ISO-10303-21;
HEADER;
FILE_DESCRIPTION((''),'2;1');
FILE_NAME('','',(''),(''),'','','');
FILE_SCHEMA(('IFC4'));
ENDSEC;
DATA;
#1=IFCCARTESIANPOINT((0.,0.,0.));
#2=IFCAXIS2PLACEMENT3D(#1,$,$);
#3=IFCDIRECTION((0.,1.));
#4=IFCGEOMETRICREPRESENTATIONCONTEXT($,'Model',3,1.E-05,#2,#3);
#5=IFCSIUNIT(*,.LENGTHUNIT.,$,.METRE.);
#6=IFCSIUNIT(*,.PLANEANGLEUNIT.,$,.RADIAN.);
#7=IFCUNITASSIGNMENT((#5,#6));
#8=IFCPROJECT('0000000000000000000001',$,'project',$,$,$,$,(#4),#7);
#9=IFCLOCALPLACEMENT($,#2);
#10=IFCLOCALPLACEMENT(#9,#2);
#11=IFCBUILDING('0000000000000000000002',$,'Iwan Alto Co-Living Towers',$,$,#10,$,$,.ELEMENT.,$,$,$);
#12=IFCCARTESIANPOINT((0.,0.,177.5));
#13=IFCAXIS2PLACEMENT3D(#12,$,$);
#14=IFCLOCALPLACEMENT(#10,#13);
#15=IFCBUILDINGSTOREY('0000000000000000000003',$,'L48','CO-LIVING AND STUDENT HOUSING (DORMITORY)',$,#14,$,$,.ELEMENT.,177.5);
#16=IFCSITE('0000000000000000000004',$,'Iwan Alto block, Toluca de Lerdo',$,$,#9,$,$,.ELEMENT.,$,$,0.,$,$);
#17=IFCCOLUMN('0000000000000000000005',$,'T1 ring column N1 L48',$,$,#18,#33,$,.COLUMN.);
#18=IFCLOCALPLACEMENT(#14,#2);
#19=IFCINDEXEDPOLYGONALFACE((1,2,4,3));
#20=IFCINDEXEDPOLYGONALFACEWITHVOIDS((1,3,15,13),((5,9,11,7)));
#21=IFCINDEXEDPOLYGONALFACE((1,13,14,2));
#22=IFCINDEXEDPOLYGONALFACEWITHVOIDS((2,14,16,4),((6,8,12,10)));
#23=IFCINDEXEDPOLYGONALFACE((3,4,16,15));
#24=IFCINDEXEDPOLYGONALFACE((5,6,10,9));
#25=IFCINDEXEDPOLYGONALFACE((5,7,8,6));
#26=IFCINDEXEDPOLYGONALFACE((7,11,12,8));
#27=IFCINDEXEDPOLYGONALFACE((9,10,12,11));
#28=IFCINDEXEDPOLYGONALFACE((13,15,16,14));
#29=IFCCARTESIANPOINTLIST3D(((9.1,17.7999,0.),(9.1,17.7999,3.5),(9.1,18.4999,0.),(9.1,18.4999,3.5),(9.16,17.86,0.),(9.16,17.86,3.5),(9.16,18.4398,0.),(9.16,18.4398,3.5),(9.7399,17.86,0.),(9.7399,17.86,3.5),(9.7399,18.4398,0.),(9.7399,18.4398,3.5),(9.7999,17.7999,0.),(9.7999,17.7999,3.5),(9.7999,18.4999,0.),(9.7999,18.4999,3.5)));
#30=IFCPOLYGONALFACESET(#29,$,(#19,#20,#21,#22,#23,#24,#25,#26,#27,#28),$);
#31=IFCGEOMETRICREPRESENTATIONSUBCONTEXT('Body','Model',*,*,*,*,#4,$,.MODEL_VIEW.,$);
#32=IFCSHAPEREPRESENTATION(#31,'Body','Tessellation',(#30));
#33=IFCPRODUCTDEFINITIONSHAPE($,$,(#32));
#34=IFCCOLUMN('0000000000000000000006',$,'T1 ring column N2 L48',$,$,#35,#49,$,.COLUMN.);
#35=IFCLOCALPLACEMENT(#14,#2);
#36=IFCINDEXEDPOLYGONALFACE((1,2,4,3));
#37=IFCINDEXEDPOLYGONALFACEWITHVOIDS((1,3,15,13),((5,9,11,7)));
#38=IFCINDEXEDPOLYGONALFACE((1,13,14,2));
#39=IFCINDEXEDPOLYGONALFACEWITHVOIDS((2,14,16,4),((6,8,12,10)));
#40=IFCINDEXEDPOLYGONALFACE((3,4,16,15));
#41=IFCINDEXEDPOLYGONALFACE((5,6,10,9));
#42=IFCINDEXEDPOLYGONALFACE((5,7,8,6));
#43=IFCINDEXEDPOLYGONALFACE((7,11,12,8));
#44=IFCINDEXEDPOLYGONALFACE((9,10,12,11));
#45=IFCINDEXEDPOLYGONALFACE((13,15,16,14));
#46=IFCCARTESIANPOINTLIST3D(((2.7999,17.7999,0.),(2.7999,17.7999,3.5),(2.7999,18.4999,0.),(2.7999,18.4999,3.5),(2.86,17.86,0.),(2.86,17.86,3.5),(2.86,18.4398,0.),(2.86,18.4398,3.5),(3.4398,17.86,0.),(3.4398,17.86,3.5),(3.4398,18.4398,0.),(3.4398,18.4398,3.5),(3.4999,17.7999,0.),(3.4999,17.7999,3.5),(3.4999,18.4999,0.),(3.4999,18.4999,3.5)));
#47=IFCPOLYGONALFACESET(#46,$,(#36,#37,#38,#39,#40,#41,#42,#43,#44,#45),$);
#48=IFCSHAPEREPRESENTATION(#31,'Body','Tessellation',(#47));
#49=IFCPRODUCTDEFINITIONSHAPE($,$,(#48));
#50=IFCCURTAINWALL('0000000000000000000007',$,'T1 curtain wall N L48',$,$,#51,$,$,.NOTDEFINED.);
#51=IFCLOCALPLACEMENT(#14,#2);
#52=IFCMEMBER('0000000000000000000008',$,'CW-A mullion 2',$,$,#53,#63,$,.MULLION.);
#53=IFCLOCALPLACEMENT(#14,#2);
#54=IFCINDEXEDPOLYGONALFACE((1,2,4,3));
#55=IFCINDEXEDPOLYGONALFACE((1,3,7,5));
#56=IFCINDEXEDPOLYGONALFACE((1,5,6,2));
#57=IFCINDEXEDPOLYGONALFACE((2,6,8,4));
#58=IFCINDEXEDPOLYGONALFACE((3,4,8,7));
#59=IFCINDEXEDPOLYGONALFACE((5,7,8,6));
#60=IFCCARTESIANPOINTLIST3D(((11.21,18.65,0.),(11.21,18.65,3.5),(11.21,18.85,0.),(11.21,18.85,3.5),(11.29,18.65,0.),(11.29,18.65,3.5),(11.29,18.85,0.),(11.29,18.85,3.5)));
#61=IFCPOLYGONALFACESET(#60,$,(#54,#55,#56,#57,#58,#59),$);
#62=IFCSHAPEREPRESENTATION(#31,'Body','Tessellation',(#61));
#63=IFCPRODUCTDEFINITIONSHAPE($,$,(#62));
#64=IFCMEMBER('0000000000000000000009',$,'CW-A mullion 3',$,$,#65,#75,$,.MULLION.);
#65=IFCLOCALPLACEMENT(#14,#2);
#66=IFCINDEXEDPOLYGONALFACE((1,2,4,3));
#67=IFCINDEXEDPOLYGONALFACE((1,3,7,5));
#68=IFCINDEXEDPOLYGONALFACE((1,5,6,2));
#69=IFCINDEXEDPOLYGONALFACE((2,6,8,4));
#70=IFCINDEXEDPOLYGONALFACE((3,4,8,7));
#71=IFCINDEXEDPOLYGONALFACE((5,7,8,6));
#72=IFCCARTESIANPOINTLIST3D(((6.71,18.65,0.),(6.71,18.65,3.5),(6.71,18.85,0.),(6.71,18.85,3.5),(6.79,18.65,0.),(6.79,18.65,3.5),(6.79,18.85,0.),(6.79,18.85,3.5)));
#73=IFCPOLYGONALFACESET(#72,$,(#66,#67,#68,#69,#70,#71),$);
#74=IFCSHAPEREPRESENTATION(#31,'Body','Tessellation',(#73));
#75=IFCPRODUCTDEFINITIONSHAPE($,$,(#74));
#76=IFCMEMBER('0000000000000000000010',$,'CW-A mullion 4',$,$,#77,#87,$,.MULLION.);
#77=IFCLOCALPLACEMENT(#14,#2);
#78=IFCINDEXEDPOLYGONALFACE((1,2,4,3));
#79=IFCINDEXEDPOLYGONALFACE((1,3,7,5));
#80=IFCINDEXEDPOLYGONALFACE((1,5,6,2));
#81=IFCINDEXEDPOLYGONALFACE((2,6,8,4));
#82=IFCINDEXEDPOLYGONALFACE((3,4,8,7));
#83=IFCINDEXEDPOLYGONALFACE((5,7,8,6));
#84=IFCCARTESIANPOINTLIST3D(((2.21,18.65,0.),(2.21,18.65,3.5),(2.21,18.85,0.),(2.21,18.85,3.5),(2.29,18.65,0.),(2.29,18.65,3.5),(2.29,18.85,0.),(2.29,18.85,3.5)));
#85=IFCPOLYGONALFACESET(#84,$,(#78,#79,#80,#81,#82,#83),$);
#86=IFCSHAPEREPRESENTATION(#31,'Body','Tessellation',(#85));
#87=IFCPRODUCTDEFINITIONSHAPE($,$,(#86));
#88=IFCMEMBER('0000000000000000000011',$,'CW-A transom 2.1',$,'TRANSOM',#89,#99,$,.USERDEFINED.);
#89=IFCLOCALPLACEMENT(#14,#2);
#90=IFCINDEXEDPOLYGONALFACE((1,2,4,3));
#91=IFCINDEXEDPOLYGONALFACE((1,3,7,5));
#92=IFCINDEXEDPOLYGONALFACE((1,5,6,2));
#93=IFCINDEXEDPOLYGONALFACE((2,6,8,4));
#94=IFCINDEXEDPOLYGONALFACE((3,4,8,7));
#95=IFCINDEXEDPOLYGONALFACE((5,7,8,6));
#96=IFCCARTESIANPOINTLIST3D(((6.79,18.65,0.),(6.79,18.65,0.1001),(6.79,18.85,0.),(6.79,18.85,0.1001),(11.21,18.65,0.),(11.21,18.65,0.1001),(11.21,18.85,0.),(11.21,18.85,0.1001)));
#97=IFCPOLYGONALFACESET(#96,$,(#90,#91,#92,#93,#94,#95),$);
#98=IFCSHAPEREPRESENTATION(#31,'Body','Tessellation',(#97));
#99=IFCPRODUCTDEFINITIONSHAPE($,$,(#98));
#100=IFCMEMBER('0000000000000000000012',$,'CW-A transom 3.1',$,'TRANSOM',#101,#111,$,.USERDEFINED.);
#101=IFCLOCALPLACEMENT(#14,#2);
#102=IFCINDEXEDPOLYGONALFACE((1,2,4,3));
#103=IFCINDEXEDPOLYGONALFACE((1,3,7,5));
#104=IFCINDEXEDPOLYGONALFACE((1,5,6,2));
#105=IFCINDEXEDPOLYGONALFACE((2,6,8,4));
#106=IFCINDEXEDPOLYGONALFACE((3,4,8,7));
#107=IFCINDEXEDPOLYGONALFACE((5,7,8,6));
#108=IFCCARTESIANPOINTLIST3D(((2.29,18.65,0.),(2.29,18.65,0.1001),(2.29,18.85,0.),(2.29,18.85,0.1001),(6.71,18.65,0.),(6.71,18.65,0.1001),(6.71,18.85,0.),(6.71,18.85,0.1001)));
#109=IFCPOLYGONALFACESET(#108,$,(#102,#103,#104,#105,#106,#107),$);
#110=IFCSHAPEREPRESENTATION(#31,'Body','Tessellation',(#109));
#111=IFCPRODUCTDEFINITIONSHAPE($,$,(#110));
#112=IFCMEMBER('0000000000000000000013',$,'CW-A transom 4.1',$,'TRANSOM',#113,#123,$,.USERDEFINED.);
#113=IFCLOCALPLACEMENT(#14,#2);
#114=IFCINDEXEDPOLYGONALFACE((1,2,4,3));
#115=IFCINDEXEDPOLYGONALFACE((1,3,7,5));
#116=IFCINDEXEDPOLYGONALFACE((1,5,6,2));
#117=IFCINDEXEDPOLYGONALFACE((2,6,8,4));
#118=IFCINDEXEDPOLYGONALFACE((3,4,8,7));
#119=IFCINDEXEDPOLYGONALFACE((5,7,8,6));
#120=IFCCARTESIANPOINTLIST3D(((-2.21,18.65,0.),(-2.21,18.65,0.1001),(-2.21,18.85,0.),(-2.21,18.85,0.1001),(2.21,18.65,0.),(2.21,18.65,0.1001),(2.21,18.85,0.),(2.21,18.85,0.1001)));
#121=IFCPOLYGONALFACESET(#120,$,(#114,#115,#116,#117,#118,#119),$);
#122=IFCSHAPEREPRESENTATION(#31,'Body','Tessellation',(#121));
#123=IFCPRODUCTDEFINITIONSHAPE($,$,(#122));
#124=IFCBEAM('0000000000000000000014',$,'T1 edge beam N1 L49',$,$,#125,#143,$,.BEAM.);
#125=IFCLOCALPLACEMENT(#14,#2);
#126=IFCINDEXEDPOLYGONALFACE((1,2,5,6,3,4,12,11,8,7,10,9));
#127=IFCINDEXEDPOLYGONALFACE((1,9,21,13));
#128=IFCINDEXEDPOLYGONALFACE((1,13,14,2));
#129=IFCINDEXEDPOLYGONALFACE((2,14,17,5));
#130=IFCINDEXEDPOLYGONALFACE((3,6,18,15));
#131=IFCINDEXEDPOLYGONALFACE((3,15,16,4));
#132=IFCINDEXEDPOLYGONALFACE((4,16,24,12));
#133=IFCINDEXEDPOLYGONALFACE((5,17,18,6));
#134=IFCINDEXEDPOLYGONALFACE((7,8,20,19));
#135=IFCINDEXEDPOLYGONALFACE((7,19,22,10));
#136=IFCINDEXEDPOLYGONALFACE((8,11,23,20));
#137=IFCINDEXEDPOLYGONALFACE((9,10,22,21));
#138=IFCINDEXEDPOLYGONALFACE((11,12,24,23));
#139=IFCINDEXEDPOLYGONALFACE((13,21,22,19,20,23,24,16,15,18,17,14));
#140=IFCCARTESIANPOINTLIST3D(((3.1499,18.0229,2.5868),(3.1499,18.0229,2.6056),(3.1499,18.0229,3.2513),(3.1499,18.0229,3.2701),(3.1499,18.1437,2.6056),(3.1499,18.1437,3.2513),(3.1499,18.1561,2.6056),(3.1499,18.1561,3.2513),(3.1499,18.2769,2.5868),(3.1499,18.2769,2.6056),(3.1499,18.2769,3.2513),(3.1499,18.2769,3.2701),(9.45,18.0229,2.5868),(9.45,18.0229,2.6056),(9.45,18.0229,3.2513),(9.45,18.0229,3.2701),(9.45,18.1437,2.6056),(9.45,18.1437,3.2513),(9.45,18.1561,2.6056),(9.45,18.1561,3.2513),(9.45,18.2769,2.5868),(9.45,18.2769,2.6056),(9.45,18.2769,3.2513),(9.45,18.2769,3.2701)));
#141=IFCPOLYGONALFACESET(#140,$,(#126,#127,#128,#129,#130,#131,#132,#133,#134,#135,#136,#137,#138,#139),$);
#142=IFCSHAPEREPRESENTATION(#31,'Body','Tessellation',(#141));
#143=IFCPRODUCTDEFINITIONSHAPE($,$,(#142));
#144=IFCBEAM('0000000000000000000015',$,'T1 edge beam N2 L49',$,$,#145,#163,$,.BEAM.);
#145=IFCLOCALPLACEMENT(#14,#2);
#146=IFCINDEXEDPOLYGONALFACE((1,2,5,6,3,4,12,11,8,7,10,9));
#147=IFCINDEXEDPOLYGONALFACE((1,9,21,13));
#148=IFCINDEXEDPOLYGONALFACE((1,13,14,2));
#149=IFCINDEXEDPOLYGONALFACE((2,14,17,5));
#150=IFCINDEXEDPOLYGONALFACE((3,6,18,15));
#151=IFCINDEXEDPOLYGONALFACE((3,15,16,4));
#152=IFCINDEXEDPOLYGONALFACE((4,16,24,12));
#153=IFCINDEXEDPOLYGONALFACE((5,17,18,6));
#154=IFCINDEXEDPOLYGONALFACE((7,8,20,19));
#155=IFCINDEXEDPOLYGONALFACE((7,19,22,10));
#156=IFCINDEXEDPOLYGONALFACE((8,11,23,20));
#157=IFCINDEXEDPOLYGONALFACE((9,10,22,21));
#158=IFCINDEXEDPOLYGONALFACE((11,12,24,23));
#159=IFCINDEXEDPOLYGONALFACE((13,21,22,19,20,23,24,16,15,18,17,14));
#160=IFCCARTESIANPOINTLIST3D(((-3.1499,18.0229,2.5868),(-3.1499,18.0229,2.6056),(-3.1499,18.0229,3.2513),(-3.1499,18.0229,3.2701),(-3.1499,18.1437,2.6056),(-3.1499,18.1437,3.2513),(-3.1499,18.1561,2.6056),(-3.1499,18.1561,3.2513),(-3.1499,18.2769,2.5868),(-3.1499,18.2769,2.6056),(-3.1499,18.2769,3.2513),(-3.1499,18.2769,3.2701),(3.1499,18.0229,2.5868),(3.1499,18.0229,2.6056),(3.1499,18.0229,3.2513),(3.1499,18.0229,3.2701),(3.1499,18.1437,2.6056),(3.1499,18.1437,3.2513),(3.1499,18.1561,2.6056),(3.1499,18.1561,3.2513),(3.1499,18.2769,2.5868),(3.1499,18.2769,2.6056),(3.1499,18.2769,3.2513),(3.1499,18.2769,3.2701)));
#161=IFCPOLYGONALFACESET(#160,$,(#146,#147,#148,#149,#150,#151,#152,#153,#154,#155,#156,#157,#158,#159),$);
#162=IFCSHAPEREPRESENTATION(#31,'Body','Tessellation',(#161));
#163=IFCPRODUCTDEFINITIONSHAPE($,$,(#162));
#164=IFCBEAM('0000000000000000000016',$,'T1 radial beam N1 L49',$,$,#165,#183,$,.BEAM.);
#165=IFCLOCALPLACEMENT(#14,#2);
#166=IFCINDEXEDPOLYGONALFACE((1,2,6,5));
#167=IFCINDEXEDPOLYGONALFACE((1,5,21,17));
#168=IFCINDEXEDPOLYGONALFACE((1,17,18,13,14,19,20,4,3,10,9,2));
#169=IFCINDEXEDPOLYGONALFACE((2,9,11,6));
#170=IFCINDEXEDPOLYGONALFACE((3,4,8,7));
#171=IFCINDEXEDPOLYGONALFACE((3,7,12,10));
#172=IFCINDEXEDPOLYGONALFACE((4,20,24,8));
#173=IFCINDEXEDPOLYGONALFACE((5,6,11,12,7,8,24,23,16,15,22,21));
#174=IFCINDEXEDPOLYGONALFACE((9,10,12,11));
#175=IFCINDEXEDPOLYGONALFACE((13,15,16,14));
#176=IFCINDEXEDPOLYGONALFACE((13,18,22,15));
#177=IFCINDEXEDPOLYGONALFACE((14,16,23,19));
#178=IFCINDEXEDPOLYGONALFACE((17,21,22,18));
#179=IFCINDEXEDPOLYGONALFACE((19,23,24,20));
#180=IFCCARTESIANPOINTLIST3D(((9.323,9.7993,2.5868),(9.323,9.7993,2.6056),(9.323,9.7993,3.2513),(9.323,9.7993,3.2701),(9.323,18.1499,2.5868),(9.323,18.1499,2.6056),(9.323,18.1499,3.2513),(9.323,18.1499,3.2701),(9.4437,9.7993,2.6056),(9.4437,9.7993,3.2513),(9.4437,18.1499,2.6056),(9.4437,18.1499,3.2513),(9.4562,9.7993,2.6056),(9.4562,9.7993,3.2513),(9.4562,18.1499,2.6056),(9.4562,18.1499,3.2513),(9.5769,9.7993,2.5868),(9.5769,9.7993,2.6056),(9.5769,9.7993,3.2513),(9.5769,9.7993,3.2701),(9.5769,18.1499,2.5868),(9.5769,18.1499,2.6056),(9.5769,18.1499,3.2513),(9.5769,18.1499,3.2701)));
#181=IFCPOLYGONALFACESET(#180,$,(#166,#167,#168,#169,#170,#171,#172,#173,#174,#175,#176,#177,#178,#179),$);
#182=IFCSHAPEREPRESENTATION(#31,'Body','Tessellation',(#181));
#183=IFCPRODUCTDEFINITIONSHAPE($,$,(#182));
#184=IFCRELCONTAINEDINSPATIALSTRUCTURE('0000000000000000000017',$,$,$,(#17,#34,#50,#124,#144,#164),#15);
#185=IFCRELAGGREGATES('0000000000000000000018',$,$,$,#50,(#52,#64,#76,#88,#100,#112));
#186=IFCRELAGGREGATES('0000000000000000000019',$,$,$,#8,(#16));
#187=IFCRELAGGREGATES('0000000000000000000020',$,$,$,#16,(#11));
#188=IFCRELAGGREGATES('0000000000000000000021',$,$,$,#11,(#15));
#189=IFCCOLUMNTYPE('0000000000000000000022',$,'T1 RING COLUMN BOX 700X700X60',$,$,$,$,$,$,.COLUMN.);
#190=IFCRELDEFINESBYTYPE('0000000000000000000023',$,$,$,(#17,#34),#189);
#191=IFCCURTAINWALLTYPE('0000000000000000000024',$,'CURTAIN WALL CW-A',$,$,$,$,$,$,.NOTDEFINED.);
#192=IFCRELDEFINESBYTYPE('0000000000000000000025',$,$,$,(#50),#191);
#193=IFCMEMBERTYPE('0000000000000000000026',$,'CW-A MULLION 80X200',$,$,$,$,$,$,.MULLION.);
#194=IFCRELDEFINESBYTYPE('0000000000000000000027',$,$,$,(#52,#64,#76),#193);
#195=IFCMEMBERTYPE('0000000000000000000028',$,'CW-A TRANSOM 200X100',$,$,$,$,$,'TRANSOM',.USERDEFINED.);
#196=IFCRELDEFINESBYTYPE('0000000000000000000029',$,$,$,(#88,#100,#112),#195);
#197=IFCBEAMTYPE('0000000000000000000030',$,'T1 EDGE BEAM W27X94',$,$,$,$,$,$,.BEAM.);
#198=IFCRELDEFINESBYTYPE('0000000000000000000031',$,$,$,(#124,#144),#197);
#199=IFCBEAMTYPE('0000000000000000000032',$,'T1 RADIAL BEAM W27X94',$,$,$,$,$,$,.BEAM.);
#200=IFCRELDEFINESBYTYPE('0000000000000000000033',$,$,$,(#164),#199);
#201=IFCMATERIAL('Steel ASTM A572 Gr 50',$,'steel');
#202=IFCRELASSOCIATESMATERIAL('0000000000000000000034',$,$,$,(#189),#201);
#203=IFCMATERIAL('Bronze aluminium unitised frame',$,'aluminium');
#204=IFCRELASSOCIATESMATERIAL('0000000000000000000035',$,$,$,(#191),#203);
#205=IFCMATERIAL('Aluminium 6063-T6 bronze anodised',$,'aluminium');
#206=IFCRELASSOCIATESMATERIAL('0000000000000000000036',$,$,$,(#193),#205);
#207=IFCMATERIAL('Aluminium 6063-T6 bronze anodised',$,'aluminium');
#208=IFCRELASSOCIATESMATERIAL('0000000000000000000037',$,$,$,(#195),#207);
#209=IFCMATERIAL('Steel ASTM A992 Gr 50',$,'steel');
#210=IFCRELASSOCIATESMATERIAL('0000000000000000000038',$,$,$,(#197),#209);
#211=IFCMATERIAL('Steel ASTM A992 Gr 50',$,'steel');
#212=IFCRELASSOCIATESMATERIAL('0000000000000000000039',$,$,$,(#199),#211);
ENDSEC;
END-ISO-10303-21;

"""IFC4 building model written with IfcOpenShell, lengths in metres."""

from ifc_helpers import new_model, si_unit, direction, frame, origin, origin_2d, place, context, subcontext, project, spatial, rectangle, hollow_rectangle, i_section, extrude, material, material_profile, profile_set, type_object, element, aggregate, save


model = new_model("IFC4")

# Units and contexts
model_context = context("Model", 3, precision=1e-05, world=origin(), true_north=direction((0.0, 1.0)))
body_context = subcontext(model_context, "Body", "Model", "MODEL_VIEW")
ifc_project = project(units=[si_unit("LENGTHUNIT", "METRE"), si_unit("PLANEANGLEUNIT", "RADIAN")], contexts=[model_context])

# Site, building, storey
site_placement = place(None, origin())
site = spatial("IfcSite", under=ifc_project, at=site_placement, Name="Iwan Alto block, Toluca de Lerdo", CompositionType="ELEMENT", RefElevation=0.0)
building_placement = place(site_placement, origin())
building = spatial("IfcBuilding", under=site, at=building_placement, Name="Iwan Alto Co-Living Towers", CompositionType="ELEMENT")
storey_placement = place(building_placement, frame((0.0, 0.0, 177.5)))
storey = spatial("IfcBuildingStorey", under=building, at=storey_placement, Name="L48", Description="CO-LIVING AND STUDENT HOUSING (DORMITORY)", CompositionType="ELEMENT", Elevation=177.5)

# Columns
ifc_material_1 = material(Name="Steel ASTM A572 Gr 50", Category="steel")
ifc_material_profile_1 = material_profile(ifc_material_1, hollow_rectangle(XDim=0.7, YDim=0.7, WallThickness=0.0601, at=origin_2d()), Name="BOX 700X700X60")
ifc_profile_set_1 = profile_set([ifc_material_profile_1], Name="Steel ASTM A572 Gr 50")
column_type = type_object("IfcColumnType", Name="T1 RING COLUMN BOX 700X700X60", PredefinedType="COLUMN", material=ifc_profile_set_1)
for number, where, z_axis, x_axis, name in (
    (1, (9.45, 18.1499, 0.0), (0.0, 0.0, 1.0), (1.0, 0.0, 0.0), "T1 ring column N1 L48"),
    (2, (3.1499, 18.1499, 0.0), (0.0, 0.0, 1.0), (1.0, 0.0, 0.0), "T1 ring column N2 L48"),
):
    element("IfcColumn", number, at=place(storey_placement, frame(where, z_axis=z_axis, x_axis=x_axis)), inside=storey, type_object=column_type, Name=name, PredefinedType="COLUMN", context=body_context, shape_type="SweptSolid", body=[
        extrude(hollow_rectangle(XDim=0.7, YDim=0.7, WallThickness=0.0601, at=origin_2d()), origin(), (0.0, 0.0, 1.0), 3.5),
    ])

# Curtain wall, members
ifc_material_2 = material(Name="Bronze aluminium unitised frame", Category="aluminium")
curtain_wall_type = type_object("IfcCurtainWallType", Name="CURTAIN WALL CW-A", PredefinedType="NOTDEFINED", material=ifc_material_2)
curtain_wall_placement = place(storey_placement, origin())
curtain_wall = element("IfcCurtainWall", 3, at=curtain_wall_placement, inside=storey, type_object=curtain_wall_type, Name="T1 curtain wall N L48", PredefinedType="NOTDEFINED")
ifc_material_3 = material(Name="Aluminium 6063-T6 bronze anodised", Category="aluminium")
ifc_material_profile_2 = material_profile(ifc_material_3, rectangle(XDim=0.2, YDim=0.0801, at=origin_2d()), Name="AL 80X200")
ifc_profile_set_2 = profile_set([ifc_material_profile_2], Name="Aluminium 6063-T6 bronze anodised")
member_type_1 = type_object("IfcMemberType", Name="CW-A MULLION 80X200", PredefinedType="MULLION", material=ifc_profile_set_2)
member_1_placement = place(storey_placement, frame((11.25, 18.75, 0.0), z_axis=(0.0, 0.0, 1.0), x_axis=(0.0, -1.0, 0.0)))
member_1 = element("IfcMember", 4, at=member_1_placement, type_object=member_type_1, Name="CW-A mullion 2", PredefinedType="MULLION", context=body_context, shape_type="SweptSolid", body=[
    extrude(rectangle(XDim=0.2, YDim=0.0801, at=origin_2d()), origin(), (0.0, 0.0, 1.0), 3.5),
])
member_2_placement = place(storey_placement, frame((6.75, 18.75, 0.0), z_axis=(0.0, 0.0, 1.0), x_axis=(0.0, -1.0, 0.0)))
member_2 = element("IfcMember", 5, at=member_2_placement, type_object=member_type_1, Name="CW-A mullion 3", PredefinedType="MULLION", context=body_context, shape_type="SweptSolid", body=[
    extrude(rectangle(XDim=0.2, YDim=0.0801, at=origin_2d()), origin(), (0.0, 0.0, 1.0), 3.5),
])
member_3_placement = place(storey_placement, frame((2.25, 18.75, 0.0), z_axis=(0.0, 0.0, 1.0), x_axis=(0.0, -1.0, 0.0)))
member_3 = element("IfcMember", 6, at=member_3_placement, type_object=member_type_1, Name="CW-A mullion 4", PredefinedType="MULLION", context=body_context, shape_type="SweptSolid", body=[
    extrude(rectangle(XDim=0.2, YDim=0.0801, at=origin_2d()), origin(), (0.0, 0.0, 1.0), 3.5),
])
ifc_material_4 = material(Name="Aluminium 6063-T6 bronze anodised", Category="aluminium")
ifc_material_profile_3 = material_profile(ifc_material_4, rectangle(XDim=0.2, YDim=0.1001, at=origin_2d()), Name="AL 200X100")
ifc_profile_set_3 = profile_set([ifc_material_profile_3], Name="Aluminium 6063-T6 bronze anodised")
member_type_2 = type_object("IfcMemberType", Name="CW-A TRANSOM 200X100", ElementType="TRANSOM", PredefinedType="USERDEFINED", material=ifc_profile_set_3)
member_4_placement = place(storey_placement, frame((11.21, 18.75, 0.05), z_axis=(-1.0, 0.0, 0.0), x_axis=(0.0, -1.0, 0.0)))
member_4 = element("IfcMember", 7, at=member_4_placement, type_object=member_type_2, Name="CW-A transom 2.1", ObjectType="TRANSOM", PredefinedType="USERDEFINED", context=body_context, shape_type="SweptSolid", body=[
    extrude(rectangle(XDim=0.2, YDim=0.1001, at=origin_2d()), origin(), (0.0, 0.0, 1.0), 4.4199),
])
member_5_placement = place(storey_placement, frame((6.71, 18.75, 0.05), z_axis=(-1.0, 0.0, 0.0), x_axis=(0.0, -1.0, 0.0)))
member_5 = element("IfcMember", 8, at=member_5_placement, type_object=member_type_2, Name="CW-A transom 3.1", ObjectType="TRANSOM", PredefinedType="USERDEFINED", context=body_context, shape_type="SweptSolid", body=[
    extrude(rectangle(XDim=0.2, YDim=0.1001, at=origin_2d()), origin(), (0.0, 0.0, 1.0), 4.4199),
])
member_6_placement = place(storey_placement, frame((2.21, 18.75, 0.05), z_axis=(-1.0, 0.0, 0.0), x_axis=(0.0, -1.0, 0.0)))
member_6 = element("IfcMember", 9, at=member_6_placement, type_object=member_type_2, Name="CW-A transom 4.1", ObjectType="TRANSOM", PredefinedType="USERDEFINED", context=body_context, shape_type="SweptSolid", body=[
    extrude(rectangle(XDim=0.2, YDim=0.1001, at=origin_2d()), origin(), (0.0, 0.0, 1.0), 4.4199),
])

# Beams
ifc_material_5 = material(Name="Steel ASTM A992 Gr 50", Category="steel")
ifc_material_profile_4 = material_profile(ifc_material_5, i_section(OverallWidth=0.2539, OverallDepth=0.6833, WebThickness=0.0125, FlangeThickness=0.0188, at=origin_2d()), Name="W27X94")
ifc_profile_set_4 = profile_set([ifc_material_profile_4], Name="Steel ASTM A992 Gr 50")
beam_type_1 = type_object("IfcBeamType", Name="T1 EDGE BEAM W27X94", PredefinedType="BEAM", material=ifc_profile_set_4)
beam_1_placement = place(storey_placement, frame((9.45, 18.1499, 2.9285), z_axis=(-1.0, 0.0, 0.0), x_axis=(0.0, -1.0, 0.0)))
element("IfcBeam", 10, at=beam_1_placement, inside=storey, type_object=beam_type_1, Name="T1 edge beam N1 L49", PredefinedType="BEAM", context=body_context, shape_type="SweptSolid", body=[
    extrude(i_section(OverallWidth=0.2539, OverallDepth=0.6833, WebThickness=0.0125, FlangeThickness=0.0188, at=origin_2d()), origin(), (0.0, 0.0, 1.0), 6.3),
])
beam_2_placement = place(storey_placement, frame((3.1499, 18.1499, 2.9285), z_axis=(-1.0, 0.0, 0.0), x_axis=(0.0, -1.0, 0.0)))
element("IfcBeam", 11, at=beam_2_placement, inside=storey, type_object=beam_type_1, Name="T1 edge beam N2 L49", PredefinedType="BEAM", context=body_context, shape_type="SweptSolid", body=[
    extrude(i_section(OverallWidth=0.2539, OverallDepth=0.6833, WebThickness=0.0125, FlangeThickness=0.0188, at=origin_2d()), origin(), (0.0, 0.0, 1.0), 6.2998),
])
ifc_material_6 = material(Name="Steel ASTM A992 Gr 50", Category="steel")
ifc_material_profile_5 = material_profile(ifc_material_6, i_section(OverallWidth=0.2539, OverallDepth=0.6833, WebThickness=0.0125, FlangeThickness=0.0188, at=origin_2d()), Name="W27X94")
ifc_profile_set_5 = profile_set([ifc_material_profile_5], Name="Steel ASTM A992 Gr 50")
beam_type_2 = type_object("IfcBeamType", Name="T1 RADIAL BEAM W27X94", PredefinedType="BEAM", material=ifc_profile_set_5)
for number, where, z_axis, x_axis, name in (
    (12, (9.45, 18.1499, 2.9285), (0.0, -1.0, 0.0), (1.0, 0.0, 0.0), "T1 radial beam N1 L49"),
):
    element("IfcBeam", number, at=place(storey_placement, frame(where, z_axis=z_axis, x_axis=x_axis)), inside=storey, type_object=beam_type_2, Name=name, PredefinedType="BEAM", context=body_context, shape_type="SweptSolid", body=[
        extrude(i_section(OverallWidth=0.2539, OverallDepth=0.6833, WebThickness=0.0125, FlangeThickness=0.0188, at=origin_2d()), origin(), (0.0, 0.0, 1.0), 8.3506),
    ])

aggregate(curtain_wall, [member_1, member_2, member_3, member_4, member_5, member_6])

save(model, "model.ifc")
